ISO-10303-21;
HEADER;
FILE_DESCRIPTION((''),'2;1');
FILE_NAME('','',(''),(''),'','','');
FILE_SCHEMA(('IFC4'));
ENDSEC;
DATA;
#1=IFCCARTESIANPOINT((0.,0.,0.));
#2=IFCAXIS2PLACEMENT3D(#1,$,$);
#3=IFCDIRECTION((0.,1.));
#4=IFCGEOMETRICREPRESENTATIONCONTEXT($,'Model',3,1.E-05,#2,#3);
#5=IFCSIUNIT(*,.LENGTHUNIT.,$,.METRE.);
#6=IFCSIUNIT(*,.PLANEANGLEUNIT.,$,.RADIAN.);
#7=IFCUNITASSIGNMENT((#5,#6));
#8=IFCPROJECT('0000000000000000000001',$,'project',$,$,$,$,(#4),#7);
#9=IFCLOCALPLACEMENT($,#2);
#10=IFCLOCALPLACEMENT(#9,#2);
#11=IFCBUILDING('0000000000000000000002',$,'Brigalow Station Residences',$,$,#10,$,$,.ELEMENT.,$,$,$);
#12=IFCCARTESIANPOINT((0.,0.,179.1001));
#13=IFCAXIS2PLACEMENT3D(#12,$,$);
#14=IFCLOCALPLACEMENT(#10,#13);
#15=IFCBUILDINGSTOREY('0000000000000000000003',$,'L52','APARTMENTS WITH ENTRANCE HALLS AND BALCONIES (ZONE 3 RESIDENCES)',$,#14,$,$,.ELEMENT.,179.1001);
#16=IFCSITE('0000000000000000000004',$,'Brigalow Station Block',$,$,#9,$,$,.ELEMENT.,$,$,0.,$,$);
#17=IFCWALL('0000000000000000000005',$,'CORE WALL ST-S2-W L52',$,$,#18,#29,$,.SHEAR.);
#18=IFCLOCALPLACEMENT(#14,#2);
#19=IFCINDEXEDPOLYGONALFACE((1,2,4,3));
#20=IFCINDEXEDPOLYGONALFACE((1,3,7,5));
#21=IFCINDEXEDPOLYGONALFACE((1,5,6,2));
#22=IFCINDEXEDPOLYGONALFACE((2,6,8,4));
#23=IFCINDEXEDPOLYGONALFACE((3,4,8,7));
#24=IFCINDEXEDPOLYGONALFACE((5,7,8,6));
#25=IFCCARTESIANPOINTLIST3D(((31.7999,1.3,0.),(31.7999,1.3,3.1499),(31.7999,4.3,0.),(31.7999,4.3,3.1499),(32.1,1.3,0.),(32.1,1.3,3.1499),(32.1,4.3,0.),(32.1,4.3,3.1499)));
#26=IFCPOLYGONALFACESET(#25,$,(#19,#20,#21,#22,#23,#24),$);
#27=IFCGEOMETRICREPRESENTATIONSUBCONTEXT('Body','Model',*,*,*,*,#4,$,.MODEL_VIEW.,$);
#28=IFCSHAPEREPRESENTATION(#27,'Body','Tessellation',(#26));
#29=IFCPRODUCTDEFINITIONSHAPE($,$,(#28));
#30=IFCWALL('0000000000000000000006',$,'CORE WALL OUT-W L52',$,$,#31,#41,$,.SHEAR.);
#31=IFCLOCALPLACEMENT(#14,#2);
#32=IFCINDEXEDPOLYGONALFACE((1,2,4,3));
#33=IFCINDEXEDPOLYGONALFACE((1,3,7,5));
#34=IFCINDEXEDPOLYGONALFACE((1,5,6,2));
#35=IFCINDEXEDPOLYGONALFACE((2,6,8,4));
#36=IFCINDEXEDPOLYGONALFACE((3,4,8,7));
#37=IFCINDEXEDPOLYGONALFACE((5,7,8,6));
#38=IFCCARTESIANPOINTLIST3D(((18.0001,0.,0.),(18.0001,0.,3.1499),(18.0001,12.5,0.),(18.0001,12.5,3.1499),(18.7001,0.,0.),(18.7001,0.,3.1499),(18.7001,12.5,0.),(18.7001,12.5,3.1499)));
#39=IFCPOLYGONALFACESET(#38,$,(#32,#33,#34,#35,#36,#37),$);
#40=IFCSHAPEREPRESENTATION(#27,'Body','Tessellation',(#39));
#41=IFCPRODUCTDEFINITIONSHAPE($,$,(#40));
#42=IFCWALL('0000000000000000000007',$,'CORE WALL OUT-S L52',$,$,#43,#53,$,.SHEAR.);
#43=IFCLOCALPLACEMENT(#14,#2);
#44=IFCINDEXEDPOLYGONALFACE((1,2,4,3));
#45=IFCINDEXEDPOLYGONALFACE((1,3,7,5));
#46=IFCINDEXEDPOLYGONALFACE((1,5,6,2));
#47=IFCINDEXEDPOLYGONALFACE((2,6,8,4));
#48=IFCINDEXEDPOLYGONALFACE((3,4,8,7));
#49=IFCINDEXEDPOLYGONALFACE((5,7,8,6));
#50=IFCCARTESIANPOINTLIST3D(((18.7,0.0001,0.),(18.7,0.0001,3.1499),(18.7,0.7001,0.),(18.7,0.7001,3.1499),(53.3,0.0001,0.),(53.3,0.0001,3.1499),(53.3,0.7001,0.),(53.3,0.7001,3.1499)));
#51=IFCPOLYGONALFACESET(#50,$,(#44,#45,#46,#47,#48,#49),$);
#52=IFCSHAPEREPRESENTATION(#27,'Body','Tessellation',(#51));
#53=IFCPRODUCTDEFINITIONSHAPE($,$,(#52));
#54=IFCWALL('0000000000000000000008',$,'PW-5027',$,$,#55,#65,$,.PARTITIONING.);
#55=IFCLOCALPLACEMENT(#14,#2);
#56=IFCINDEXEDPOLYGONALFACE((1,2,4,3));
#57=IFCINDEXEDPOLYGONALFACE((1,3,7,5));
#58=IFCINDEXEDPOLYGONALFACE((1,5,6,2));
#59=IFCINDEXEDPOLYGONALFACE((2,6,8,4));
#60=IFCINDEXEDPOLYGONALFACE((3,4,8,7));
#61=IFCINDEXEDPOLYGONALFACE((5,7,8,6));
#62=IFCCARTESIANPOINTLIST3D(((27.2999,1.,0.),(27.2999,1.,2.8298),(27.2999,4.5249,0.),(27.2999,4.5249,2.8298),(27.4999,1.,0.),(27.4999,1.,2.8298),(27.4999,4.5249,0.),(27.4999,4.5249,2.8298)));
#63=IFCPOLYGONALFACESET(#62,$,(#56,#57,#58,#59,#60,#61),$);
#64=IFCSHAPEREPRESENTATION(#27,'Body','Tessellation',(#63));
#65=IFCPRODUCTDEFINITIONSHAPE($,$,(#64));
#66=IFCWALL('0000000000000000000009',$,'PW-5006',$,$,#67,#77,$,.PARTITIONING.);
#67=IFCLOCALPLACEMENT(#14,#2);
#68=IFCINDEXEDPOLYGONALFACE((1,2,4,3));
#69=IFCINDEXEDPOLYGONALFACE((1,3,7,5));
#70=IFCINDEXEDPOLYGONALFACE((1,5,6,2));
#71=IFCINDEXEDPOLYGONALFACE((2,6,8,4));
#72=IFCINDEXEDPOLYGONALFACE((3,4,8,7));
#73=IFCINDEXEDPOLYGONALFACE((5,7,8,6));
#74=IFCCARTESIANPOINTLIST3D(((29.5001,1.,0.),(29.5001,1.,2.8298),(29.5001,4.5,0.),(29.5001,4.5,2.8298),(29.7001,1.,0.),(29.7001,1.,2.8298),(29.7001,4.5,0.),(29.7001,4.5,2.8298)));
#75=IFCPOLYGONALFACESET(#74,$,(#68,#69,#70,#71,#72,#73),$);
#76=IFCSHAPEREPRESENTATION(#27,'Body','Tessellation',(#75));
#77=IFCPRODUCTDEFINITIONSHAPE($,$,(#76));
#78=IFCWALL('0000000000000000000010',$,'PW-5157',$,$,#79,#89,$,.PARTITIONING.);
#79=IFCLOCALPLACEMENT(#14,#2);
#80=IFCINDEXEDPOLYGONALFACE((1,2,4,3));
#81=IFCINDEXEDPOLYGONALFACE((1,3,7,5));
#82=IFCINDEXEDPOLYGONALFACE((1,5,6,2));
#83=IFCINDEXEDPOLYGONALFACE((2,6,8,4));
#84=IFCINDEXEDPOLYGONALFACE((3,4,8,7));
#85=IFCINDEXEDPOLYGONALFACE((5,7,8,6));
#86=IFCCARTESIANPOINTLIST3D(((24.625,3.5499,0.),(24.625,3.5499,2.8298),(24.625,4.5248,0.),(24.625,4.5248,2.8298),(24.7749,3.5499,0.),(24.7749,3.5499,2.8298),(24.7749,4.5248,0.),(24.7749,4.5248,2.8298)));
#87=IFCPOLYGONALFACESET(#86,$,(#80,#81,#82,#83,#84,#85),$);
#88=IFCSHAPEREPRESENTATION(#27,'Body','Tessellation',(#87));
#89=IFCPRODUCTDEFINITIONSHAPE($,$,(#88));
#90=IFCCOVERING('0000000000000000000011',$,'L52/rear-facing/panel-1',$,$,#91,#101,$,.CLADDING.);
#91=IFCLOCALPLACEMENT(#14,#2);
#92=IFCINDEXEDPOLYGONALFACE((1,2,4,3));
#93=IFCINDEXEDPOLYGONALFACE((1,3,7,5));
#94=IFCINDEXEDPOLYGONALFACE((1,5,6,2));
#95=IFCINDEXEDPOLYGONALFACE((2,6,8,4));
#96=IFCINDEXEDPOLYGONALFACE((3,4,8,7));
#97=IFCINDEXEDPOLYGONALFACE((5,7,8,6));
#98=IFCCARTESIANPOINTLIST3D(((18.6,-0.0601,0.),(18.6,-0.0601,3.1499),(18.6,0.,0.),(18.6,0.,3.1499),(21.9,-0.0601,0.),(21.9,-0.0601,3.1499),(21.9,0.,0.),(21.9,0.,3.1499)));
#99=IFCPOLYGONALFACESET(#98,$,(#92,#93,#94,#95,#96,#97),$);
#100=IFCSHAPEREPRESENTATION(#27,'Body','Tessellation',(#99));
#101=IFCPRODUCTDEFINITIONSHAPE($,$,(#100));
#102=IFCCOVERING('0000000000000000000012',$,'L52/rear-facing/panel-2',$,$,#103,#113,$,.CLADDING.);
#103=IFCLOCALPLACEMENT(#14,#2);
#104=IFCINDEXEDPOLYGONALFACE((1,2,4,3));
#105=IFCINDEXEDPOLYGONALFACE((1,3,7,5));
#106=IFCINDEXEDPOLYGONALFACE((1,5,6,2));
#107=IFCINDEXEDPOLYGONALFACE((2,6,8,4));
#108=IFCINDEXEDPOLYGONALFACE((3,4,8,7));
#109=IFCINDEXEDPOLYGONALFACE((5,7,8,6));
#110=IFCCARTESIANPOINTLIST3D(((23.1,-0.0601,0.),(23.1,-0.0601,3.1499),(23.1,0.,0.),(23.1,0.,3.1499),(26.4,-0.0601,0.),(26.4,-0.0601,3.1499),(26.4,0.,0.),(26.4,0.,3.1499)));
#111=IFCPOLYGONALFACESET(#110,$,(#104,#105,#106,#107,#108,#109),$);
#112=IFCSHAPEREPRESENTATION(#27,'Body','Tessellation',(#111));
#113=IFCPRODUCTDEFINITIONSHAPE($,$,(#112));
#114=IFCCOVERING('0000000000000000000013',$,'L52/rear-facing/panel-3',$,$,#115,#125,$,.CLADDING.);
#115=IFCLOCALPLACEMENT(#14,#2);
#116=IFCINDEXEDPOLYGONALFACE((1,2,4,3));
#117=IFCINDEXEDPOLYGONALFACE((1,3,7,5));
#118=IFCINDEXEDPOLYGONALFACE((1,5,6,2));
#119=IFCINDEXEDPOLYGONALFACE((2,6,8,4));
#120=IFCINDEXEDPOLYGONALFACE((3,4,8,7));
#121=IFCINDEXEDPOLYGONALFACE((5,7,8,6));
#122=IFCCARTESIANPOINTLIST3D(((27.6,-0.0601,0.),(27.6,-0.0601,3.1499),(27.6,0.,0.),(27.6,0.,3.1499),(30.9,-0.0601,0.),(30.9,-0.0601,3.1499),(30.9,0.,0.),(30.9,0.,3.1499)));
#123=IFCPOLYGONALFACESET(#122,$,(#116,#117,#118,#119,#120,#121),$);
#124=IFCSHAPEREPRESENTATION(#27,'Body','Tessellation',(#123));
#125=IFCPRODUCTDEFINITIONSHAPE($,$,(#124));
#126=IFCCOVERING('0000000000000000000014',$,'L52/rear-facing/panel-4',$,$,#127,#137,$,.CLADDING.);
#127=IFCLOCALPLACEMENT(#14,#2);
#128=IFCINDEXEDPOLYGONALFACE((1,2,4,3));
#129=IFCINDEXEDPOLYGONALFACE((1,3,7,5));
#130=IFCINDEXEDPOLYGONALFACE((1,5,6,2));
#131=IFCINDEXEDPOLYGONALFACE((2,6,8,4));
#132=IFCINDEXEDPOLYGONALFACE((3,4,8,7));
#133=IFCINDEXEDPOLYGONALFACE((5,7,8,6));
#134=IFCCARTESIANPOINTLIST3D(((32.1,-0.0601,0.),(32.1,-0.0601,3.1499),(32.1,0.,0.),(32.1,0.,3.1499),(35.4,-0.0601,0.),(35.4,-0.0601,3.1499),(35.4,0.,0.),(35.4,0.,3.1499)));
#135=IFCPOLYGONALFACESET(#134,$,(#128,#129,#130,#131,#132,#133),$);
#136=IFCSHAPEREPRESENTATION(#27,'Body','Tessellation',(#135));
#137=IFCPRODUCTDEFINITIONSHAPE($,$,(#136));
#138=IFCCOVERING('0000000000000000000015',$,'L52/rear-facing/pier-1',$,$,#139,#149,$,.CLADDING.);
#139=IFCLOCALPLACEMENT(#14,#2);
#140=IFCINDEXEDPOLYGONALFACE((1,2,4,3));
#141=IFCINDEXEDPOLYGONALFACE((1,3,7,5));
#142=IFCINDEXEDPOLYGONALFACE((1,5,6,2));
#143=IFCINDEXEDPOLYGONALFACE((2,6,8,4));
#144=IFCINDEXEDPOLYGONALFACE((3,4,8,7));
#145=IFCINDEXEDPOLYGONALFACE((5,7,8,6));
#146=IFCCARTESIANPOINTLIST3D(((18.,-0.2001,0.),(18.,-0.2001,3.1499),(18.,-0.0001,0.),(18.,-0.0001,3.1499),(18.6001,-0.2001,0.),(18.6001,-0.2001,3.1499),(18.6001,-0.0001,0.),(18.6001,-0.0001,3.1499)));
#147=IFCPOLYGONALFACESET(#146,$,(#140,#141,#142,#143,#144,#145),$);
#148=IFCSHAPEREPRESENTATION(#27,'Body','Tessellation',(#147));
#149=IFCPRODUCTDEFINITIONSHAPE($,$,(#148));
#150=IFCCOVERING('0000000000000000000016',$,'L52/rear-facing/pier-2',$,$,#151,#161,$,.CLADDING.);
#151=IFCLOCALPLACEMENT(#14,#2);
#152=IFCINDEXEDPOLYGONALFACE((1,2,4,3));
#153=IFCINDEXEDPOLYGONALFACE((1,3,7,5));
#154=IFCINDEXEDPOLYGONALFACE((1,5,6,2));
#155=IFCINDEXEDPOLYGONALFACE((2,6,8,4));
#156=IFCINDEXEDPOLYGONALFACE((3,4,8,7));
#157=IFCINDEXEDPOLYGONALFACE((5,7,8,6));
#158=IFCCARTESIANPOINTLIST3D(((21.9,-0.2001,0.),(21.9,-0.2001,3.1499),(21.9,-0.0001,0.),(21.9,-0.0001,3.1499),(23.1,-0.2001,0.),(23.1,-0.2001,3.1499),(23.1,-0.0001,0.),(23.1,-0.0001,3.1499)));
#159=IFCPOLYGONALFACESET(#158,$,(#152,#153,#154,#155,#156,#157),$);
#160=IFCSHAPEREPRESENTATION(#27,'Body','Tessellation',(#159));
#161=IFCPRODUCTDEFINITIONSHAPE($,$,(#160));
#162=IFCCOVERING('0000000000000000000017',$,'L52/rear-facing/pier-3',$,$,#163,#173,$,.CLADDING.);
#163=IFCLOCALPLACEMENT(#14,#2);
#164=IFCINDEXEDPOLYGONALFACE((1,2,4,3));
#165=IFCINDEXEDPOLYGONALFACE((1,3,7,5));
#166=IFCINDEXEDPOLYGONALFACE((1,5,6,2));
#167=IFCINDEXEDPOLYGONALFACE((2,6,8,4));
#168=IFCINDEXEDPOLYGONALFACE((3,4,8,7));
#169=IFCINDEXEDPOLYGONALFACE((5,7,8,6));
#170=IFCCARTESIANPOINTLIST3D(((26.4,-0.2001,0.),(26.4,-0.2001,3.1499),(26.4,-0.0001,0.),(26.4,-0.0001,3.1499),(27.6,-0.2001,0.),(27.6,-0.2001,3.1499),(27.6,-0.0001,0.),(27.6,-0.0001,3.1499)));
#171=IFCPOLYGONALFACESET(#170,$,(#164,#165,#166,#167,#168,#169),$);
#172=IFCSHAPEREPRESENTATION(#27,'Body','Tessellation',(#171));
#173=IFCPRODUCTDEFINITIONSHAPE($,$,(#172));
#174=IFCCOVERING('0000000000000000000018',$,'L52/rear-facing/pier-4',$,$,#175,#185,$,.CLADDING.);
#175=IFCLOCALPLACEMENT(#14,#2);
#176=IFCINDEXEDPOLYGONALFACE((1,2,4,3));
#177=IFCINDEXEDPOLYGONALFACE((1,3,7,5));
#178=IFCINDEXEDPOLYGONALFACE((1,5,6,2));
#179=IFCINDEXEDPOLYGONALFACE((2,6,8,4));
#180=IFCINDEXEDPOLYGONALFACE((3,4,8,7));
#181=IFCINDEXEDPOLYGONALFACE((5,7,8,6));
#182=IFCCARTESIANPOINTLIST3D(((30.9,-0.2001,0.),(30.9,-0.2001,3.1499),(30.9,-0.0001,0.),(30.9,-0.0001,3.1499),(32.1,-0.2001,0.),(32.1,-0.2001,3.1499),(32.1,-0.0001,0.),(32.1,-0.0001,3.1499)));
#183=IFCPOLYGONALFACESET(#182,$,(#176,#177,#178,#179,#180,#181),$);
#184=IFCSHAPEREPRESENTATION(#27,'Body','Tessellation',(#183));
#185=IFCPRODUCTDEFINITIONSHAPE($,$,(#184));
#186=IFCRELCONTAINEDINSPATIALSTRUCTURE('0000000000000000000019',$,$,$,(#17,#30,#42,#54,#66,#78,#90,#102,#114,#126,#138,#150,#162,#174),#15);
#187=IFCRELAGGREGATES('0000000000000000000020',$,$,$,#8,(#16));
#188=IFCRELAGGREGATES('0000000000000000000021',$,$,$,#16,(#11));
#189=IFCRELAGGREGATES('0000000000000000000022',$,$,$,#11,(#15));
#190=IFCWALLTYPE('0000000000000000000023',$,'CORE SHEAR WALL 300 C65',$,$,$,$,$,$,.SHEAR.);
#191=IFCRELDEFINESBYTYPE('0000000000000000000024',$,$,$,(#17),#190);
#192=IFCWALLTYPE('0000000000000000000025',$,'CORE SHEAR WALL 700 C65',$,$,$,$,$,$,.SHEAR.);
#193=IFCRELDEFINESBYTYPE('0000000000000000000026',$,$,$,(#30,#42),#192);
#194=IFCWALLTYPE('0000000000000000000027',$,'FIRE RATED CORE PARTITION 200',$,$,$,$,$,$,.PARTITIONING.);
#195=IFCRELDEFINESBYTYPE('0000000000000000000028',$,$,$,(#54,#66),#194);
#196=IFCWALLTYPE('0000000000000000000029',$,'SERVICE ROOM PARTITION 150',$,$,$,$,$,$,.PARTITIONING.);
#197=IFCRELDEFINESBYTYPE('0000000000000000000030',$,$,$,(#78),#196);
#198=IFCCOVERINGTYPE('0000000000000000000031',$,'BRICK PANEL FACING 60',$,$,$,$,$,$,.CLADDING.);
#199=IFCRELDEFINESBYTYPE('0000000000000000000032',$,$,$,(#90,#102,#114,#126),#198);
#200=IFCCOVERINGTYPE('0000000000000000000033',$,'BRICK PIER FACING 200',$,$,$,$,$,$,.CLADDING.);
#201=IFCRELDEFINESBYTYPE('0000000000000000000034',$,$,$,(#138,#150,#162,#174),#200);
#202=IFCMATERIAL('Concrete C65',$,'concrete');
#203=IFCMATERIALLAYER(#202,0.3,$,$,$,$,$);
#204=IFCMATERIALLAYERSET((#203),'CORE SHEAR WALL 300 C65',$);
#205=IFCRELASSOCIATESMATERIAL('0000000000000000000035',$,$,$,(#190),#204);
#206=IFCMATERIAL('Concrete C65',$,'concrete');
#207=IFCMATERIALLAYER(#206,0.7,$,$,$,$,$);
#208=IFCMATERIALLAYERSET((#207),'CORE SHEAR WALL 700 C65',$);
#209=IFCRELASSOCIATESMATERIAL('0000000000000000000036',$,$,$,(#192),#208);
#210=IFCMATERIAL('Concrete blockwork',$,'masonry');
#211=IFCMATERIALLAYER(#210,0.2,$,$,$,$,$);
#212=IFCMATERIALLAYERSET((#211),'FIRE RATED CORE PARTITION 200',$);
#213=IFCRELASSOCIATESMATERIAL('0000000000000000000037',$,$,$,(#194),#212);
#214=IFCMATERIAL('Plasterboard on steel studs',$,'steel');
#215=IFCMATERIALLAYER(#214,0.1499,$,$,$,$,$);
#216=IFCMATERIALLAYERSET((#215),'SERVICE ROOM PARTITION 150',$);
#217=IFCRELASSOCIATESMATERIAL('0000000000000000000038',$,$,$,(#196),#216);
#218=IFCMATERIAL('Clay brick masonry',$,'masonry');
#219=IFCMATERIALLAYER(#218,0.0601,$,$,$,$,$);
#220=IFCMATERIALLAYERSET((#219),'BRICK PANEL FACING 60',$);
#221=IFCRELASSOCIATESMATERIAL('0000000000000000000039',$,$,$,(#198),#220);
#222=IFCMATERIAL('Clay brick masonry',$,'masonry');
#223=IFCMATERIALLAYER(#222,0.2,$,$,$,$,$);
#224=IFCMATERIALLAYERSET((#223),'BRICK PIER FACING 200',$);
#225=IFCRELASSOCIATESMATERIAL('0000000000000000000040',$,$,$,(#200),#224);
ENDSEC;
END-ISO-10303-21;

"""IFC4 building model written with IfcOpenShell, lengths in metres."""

from ifc_helpers import new_model, si_unit, direction, frame, frame_2d, origin, origin_2d, place, context, subcontext, project, spatial, rectangle, extrude, material, layer, layer_set, type_object, element, save


model = new_model("IFC4")

# Units and contexts
model_context = context("Model", 3, precision=1e-05, world=origin(), true_north=direction((0.0, 1.0)))
body_context = subcontext(model_context, "Body", "Model", "MODEL_VIEW")
ifc_project = project(units=[si_unit("LENGTHUNIT", "METRE"), si_unit("PLANEANGLEUNIT", "RADIAN")], contexts=[model_context])

# Site, building, storey
site_placement = place(None, origin())
site = spatial("IfcSite", under=ifc_project, at=site_placement, Name="Brigalow Station Block", CompositionType="ELEMENT", RefElevation=0.0)
building_placement = place(site_placement, origin())
building = spatial("IfcBuilding", under=site, at=building_placement, Name="Brigalow Station Residences", CompositionType="ELEMENT")
storey_placement = place(building_placement, frame((0.0, 0.0, 179.1001)))
storey = spatial("IfcBuildingStorey", under=building, at=storey_placement, Name="L52", Description="APARTMENTS WITH ENTRANCE HALLS AND BALCONIES (ZONE 3 RESIDENCES)", CompositionType="ELEMENT", Elevation=179.1001)

# Shared definitions
ifc_material_1 = material(Name="Concrete C65", Category="concrete")
ifc_layer_1 = layer(ifc_material_1, 0.3)
ifc_layer_set_1 = layer_set([ifc_layer_1], Name="CORE SHEAR WALL 300 C65")
wall_type_1 = type_object("IfcWallType", Name="CORE SHEAR WALL 300 C65", PredefinedType="SHEAR", material=ifc_layer_set_1)

# Walls
wall_1_placement = place(storey_placement, frame((31.95, 1.3, 0.0), z_axis=(0.0, 0.0, 1.0), x_axis=(0.0, 1.0, 0.0)))
element("IfcWall", 1, at=wall_1_placement, inside=storey, type_object=wall_type_1, Name="CORE WALL ST-S2-W L52", PredefinedType="SHEAR", context=body_context, shape_type="SweptSolid", body=[
    extrude(rectangle(XDim=3.0, YDim=0.3, at=frame_2d((1.5, 0.0))), origin(), (0.0, 0.0, 1.0), 3.1499),
])
ifc_material_2 = material(Name="Concrete C65", Category="concrete")
ifc_layer_2 = layer(ifc_material_2, 0.7)
ifc_layer_set_2 = layer_set([ifc_layer_2], Name="CORE SHEAR WALL 700 C65")
wall_type_2 = type_object("IfcWallType", Name="CORE SHEAR WALL 700 C65", PredefinedType="SHEAR", material=ifc_layer_set_2)
wall_2_placement = place(storey_placement, frame((18.3501, 0.0, 0.0), z_axis=(0.0, 0.0, 1.0), x_axis=(0.0, 1.0, 0.0)))
element("IfcWall", 2, at=wall_2_placement, inside=storey, type_object=wall_type_2, Name="CORE WALL OUT-W L52", PredefinedType="SHEAR", context=body_context, shape_type="SweptSolid", body=[
    extrude(rectangle(XDim=12.5, YDim=0.7, at=frame_2d((6.25, 0.0))), origin(), (0.0, 0.0, 1.0), 3.1499),
])
wall_3_placement = place(storey_placement, frame((18.7, 0.3501, 0.0), z_axis=(0.0, 0.0, 1.0), x_axis=(1.0, 0.0, 0.0)))
element("IfcWall", 3, at=wall_3_placement, inside=storey, type_object=wall_type_2, Name="CORE WALL OUT-S L52", PredefinedType="SHEAR", context=body_context, shape_type="SweptSolid", body=[
    extrude(rectangle(XDim=34.6001, YDim=0.7, at=frame_2d((17.3, 0.0))), origin(), (0.0, 0.0, 1.0), 3.1499),
])
ifc_material_3 = material(Name="Concrete blockwork", Category="masonry")
ifc_layer_3 = layer(ifc_material_3, 0.2)
ifc_layer_set_3 = layer_set([ifc_layer_3], Name="FIRE RATED CORE PARTITION 200")
wall_type_3 = type_object("IfcWallType", Name="FIRE RATED CORE PARTITION 200", PredefinedType="PARTITIONING", material=ifc_layer_set_3)
wall_4_placement = place(storey_placement, frame((27.3999, 1.0, 0.0), z_axis=(0.0, 0.0, 1.0), x_axis=(0.0, 1.0, 0.0)))
element("IfcWall", 4, at=wall_4_placement, inside=storey, type_object=wall_type_3, Name="PW-5027", PredefinedType="PARTITIONING", context=body_context, shape_type="SweptSolid", body=[
    extrude(rectangle(XDim=3.5249, YDim=0.2, at=frame_2d((1.7625, 0.0))), origin(), (0.0, 0.0, 1.0), 2.8298),
])
wall_5_placement = place(storey_placement, frame((29.6001, 1.0, 0.0), z_axis=(0.0, 0.0, 1.0), x_axis=(0.0, 1.0, 0.0)))
element("IfcWall", 5, at=wall_5_placement, inside=storey, type_object=wall_type_3, Name="PW-5006", PredefinedType="PARTITIONING", context=body_context, shape_type="SweptSolid", body=[
    extrude(rectangle(XDim=3.5, YDim=0.2, at=frame_2d((1.75, 0.0))), origin(), (0.0, 0.0, 1.0), 2.8298),
])
ifc_material_4 = material(Name="Plasterboard on steel studs", Category="steel")
ifc_layer_4 = layer(ifc_material_4, 0.1499)
ifc_layer_set_4 = layer_set([ifc_layer_4], Name="SERVICE ROOM PARTITION 150")
wall_type_4 = type_object("IfcWallType", Name="SERVICE ROOM PARTITION 150", PredefinedType="PARTITIONING", material=ifc_layer_set_4)
wall_6_placement = place(storey_placement, frame((24.7, 3.55, 0.0), z_axis=(0.0, 0.0, 1.0), x_axis=(0.0, 1.0, 0.0)))
element("IfcWall", 6, at=wall_6_placement, inside=storey, type_object=wall_type_4, Name="PW-5157", PredefinedType="PARTITIONING", context=body_context, shape_type="SweptSolid", body=[
    extrude(rectangle(XDim=0.9749, YDim=0.1499, at=frame_2d((0.4873, 0.0))), origin(), (0.0, 0.0, 1.0), 2.8298),
])

# Coverings
ifc_material_5 = material(Name="Clay brick masonry", Category="masonry")
ifc_layer_5 = layer(ifc_material_5, 0.0601)
ifc_layer_set_5 = layer_set([ifc_layer_5], Name="BRICK PANEL FACING 60")
covering_type_1 = type_object("IfcCoveringType", Name="BRICK PANEL FACING 60", PredefinedType="CLADDING", material=ifc_layer_set_5)
for number, where, z_axis, x_axis, name in (
    (7, (20.25, -0.03, 0.0), (0.0, 0.0, 1.0), (1.0, 0.0, 0.0), "L52/rear-facing/panel-1"),
    (8, (24.75, -0.03, 0.0), (0.0, 0.0, 1.0), (1.0, 0.0, 0.0), "L52/rear-facing/panel-2"),
    (9, (29.25, -0.03, 0.0), (0.0, 0.0, 1.0), (1.0, 0.0, 0.0), "L52/rear-facing/panel-3"),
    (10, (33.75, -0.03, 0.0), (0.0, 0.0, 1.0), (1.0, 0.0, 0.0), "L52/rear-facing/panel-4"),
):
    element("IfcCovering", number, at=place(storey_placement, frame(where, z_axis=z_axis, x_axis=x_axis)), inside=storey, type_object=covering_type_1, Name=name, PredefinedType="CLADDING", context=body_context, shape_type="SweptSolid", body=[
        extrude(rectangle(XDim=3.3, YDim=0.0601, at=origin_2d()), origin(), (0.0, 0.0, 1.0), 3.1499),
    ])
ifc_material_6 = material(Name="Clay brick masonry", Category="masonry")
ifc_layer_6 = layer(ifc_material_6, 0.2)
ifc_layer_set_6 = layer_set([ifc_layer_6], Name="BRICK PIER FACING 200")
covering_type_2 = type_object("IfcCoveringType", Name="BRICK PIER FACING 200", PredefinedType="CLADDING", material=ifc_layer_set_6)
covering_placement = place(storey_placement, frame((18.3, -0.1001, 0.0), z_axis=(0.0, 0.0, 1.0), x_axis=(1.0, 0.0, 0.0)))
element("IfcCovering", 11, at=covering_placement, inside=storey, type_object=covering_type_2, Name="L52/rear-facing/pier-1", PredefinedType="CLADDING", context=body_context, shape_type="SweptSolid", body=[
    extrude(rectangle(XDim=0.6001, YDim=0.2, at=origin_2d()), origin(), (0.0, 0.0, 1.0), 3.1499),
])
for number, where, z_axis, x_axis, name in (
    (12, (22.5, -0.1001, 0.0), (0.0, 0.0, 1.0), (1.0, 0.0, 0.0), "L52/rear-facing/pier-2"),
    (13, (27.0, -0.1001, 0.0), (0.0, 0.0, 1.0), (1.0, 0.0, 0.0), "L52/rear-facing/pier-3"),
    (14, (31.5, -0.1001, 0.0), (0.0, 0.0, 1.0), (1.0, 0.0, 0.0), "L52/rear-facing/pier-4"),
):
    element("IfcCovering", number, at=place(storey_placement, frame(where, z_axis=z_axis, x_axis=x_axis)), inside=storey, type_object=covering_type_2, Name=name, PredefinedType="CLADDING", context=body_context, shape_type="SweptSolid", body=[
        extrude(rectangle(XDim=1.2, YDim=0.2, at=origin_2d()), origin(), (0.0, 0.0, 1.0), 3.1499),
    ])

save(model, "model.ifc")
